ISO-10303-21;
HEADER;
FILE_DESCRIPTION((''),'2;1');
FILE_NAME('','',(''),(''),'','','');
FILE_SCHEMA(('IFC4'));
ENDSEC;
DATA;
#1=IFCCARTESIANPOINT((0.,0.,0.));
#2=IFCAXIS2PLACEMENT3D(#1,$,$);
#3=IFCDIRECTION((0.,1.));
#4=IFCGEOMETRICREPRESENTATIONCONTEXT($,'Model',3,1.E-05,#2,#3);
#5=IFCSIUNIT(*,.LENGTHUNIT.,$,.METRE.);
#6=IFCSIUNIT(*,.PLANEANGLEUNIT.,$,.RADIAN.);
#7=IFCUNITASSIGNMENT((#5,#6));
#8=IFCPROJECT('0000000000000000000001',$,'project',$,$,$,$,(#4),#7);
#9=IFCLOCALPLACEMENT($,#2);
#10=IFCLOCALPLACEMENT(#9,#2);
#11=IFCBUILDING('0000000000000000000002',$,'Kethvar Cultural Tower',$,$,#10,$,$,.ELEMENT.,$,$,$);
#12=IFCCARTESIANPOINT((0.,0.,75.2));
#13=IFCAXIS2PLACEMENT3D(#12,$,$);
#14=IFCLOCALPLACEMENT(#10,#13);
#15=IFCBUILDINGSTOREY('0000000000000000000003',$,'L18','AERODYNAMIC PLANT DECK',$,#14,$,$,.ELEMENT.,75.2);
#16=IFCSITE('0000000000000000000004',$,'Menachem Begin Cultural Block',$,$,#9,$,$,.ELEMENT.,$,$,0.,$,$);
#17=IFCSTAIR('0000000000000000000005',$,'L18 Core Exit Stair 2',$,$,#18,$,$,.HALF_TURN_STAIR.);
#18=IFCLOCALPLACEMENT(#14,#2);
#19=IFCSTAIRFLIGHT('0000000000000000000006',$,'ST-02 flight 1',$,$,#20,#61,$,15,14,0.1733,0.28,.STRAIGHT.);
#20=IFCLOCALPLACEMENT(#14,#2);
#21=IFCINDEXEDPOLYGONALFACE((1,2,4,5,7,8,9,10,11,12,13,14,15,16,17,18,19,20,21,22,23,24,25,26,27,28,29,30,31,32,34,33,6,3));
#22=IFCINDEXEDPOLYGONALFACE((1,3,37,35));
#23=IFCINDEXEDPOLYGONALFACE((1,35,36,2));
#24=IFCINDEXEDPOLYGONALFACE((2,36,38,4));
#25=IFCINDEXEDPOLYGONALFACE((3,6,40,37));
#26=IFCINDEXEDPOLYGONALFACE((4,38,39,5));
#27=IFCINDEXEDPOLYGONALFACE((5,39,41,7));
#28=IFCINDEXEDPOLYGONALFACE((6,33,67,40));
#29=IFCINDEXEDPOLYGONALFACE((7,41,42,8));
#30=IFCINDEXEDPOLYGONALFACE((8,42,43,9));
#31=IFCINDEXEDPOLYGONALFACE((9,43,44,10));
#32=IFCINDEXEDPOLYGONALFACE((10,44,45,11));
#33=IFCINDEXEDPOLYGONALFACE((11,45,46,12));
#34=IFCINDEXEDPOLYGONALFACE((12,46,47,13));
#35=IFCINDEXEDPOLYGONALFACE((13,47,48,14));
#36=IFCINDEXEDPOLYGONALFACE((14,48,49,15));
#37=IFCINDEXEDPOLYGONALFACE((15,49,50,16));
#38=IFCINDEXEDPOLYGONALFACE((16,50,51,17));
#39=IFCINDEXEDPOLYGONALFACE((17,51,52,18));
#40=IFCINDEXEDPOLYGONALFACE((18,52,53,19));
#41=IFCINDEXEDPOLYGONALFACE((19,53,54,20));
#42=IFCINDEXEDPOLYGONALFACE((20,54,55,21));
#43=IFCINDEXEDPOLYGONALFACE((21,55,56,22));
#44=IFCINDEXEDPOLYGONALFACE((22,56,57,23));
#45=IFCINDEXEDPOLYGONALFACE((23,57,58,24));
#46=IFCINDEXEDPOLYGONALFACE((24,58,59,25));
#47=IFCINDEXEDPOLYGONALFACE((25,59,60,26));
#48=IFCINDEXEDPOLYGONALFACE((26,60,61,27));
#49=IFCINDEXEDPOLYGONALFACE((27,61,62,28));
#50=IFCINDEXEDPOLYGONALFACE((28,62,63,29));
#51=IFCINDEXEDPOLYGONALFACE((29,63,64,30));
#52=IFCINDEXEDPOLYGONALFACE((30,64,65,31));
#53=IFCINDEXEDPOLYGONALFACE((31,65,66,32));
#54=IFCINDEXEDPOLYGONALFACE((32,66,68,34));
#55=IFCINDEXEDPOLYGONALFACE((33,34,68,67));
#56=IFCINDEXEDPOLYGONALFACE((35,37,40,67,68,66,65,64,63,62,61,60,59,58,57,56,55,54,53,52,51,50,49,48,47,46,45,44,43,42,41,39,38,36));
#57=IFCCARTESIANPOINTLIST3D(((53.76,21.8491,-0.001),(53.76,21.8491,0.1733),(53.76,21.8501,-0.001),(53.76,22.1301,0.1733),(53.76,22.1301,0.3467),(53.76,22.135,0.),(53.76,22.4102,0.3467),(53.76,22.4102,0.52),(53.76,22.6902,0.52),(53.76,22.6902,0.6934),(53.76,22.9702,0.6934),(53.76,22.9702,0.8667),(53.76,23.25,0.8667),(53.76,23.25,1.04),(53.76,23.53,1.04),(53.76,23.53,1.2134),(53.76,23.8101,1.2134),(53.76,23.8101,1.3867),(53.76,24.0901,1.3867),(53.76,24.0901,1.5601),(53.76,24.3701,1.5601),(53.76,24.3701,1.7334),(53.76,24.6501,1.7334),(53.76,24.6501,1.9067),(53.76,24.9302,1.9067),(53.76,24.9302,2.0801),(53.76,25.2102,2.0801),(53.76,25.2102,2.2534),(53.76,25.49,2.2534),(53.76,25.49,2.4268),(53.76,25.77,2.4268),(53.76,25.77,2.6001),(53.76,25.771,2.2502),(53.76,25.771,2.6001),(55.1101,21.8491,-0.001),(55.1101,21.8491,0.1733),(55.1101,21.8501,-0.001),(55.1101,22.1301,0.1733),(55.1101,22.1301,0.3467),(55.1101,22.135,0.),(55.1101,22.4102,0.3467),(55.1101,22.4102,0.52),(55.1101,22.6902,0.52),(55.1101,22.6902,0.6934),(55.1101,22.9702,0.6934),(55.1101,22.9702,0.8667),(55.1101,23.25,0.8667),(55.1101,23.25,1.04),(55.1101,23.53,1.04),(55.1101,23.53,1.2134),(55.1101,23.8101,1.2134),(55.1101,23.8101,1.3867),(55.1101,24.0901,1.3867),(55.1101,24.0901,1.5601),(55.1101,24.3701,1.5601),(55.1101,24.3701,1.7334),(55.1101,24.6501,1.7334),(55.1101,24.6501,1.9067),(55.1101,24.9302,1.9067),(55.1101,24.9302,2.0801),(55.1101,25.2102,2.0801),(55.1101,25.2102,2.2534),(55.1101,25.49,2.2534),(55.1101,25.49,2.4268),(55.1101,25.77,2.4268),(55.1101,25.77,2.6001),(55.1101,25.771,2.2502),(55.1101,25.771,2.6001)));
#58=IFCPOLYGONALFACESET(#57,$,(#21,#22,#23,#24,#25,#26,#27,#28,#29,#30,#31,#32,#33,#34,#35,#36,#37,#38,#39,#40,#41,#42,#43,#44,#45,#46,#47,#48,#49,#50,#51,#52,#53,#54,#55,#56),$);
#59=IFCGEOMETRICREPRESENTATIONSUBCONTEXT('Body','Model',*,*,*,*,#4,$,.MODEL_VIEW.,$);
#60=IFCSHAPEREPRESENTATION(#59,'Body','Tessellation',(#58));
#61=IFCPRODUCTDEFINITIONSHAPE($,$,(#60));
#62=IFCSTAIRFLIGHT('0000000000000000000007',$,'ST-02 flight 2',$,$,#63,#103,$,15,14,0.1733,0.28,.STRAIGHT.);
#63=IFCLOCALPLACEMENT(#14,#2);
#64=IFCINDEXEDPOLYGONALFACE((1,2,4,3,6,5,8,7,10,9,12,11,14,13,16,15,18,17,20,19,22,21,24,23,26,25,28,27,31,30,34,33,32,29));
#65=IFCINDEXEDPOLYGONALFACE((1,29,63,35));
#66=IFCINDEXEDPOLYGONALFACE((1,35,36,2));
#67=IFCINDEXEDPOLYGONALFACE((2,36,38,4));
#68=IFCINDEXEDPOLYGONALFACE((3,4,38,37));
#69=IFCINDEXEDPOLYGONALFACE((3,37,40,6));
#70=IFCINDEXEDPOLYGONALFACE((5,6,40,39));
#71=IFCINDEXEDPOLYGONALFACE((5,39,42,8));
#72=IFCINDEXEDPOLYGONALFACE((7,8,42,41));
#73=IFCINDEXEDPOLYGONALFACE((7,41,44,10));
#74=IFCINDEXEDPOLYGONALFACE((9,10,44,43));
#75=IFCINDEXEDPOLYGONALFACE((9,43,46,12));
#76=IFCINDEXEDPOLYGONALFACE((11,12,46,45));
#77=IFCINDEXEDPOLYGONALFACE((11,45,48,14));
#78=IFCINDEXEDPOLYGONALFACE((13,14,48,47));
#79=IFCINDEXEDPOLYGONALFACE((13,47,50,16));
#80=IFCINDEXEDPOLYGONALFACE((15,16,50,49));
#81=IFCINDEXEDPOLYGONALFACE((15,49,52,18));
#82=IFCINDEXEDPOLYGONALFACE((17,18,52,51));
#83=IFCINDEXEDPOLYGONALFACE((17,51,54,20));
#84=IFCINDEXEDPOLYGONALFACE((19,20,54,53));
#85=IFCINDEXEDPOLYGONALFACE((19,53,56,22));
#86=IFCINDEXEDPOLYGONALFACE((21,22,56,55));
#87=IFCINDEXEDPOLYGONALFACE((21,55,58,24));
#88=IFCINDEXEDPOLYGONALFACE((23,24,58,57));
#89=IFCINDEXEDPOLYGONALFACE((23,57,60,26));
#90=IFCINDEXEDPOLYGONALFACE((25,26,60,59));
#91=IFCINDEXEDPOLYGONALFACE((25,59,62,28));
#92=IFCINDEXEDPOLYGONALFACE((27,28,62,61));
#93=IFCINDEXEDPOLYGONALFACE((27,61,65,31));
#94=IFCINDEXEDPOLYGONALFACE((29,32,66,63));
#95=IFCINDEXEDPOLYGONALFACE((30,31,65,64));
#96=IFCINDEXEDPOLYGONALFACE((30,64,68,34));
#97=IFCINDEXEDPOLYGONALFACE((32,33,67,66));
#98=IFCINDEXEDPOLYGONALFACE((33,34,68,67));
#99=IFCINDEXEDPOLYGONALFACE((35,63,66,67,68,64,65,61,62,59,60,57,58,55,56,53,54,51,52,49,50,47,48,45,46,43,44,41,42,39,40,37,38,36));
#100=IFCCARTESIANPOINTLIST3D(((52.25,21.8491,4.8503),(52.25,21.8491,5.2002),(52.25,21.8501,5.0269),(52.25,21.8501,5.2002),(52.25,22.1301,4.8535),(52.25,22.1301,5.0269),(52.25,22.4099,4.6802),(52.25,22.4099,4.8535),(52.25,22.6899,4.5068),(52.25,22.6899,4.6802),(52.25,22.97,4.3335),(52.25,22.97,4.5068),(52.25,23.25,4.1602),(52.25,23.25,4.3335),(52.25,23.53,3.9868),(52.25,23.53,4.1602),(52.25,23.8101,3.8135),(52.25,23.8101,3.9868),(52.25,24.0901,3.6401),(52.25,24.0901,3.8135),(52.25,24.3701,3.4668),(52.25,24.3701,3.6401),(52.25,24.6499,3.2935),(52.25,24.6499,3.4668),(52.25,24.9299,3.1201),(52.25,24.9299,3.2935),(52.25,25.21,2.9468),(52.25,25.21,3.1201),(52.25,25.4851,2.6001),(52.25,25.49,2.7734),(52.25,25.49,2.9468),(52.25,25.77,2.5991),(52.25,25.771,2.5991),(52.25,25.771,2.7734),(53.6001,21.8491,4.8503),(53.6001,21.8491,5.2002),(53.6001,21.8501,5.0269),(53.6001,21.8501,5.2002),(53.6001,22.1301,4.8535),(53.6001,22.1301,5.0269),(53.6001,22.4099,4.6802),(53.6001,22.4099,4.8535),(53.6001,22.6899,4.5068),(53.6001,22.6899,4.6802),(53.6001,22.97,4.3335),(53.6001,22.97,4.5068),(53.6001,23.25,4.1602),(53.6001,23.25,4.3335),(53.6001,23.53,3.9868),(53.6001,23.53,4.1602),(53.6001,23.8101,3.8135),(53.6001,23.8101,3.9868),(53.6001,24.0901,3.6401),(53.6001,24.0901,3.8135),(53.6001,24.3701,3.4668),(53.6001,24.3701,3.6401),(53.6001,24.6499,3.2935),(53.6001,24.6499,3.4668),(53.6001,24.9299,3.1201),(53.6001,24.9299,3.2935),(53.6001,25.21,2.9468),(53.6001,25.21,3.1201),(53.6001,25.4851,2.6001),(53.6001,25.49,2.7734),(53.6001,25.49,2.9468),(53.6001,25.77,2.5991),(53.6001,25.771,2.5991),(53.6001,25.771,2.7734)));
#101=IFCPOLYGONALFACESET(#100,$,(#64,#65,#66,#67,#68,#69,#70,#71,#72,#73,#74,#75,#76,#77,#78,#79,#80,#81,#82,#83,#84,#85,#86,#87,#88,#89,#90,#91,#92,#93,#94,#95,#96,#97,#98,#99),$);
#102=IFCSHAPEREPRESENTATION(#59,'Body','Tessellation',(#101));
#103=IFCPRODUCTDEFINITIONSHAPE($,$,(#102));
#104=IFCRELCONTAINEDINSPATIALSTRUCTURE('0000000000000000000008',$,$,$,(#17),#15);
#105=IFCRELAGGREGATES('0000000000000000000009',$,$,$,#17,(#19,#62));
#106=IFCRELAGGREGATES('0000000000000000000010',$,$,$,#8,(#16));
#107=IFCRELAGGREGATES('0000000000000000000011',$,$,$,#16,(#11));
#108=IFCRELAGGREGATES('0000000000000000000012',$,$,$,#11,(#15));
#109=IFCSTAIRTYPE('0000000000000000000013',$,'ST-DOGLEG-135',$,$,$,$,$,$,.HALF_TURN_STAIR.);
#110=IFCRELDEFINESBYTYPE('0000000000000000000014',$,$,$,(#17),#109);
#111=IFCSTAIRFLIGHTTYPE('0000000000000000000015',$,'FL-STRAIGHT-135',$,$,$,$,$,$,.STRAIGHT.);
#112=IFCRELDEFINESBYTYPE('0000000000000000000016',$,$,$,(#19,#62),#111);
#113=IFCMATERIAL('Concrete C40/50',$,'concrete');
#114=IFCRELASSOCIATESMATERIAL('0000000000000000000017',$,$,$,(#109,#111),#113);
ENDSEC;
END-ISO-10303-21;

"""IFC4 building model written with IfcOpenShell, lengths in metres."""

from ifc_helpers import new_model, si_unit, direction, frame, origin, place, context, subcontext, project, spatial, polyline, outline, extrude, material, type_object, element, aggregate, save


model = new_model("IFC4")

# Units and contexts
model_context = context("Model", 3, precision=1e-05, world=origin(), true_north=direction((0.0, 1.0)))
body_context = subcontext(model_context, "Body", "Model", "MODEL_VIEW")
ifc_project = project(units=[si_unit("LENGTHUNIT", "METRE"), si_unit("PLANEANGLEUNIT", "RADIAN")], contexts=[model_context])

# Site, building, storey
site_placement = place(None, origin())
site = spatial("IfcSite", under=ifc_project, at=site_placement, Name="Menachem Begin Cultural Block", CompositionType="ELEMENT", RefElevation=0.0)
building_placement = place(site_placement, origin())
building = spatial("IfcBuilding", under=site, at=building_placement, Name="Kethvar Cultural Tower", CompositionType="ELEMENT")
storey_placement = place(building_placement, frame((0.0, 0.0, 75.2)))
storey = spatial("IfcBuildingStorey", under=building, at=storey_placement, Name="L18", Description="AERODYNAMIC PLANT DECK", CompositionType="ELEMENT", Elevation=75.2)

# Stair, stair flights
ifc_material_1 = material(Name="Concrete C40/50", Category="concrete")
stair_type = type_object("IfcStairType", Name="ST-DOGLEG-135", PredefinedType="HALF_TURN_STAIR", material=ifc_material_1)
stair_placement = place(storey_placement, origin())
stair = element("IfcStair", 1, at=stair_placement, inside=storey, type_object=stair_type, Name="L18 Core Exit Stair 2", PredefinedType="HALF_TURN_STAIR")
stair_flight_type = type_object("IfcStairFlightType", Name="FL-STRAIGHT-135", PredefinedType="STRAIGHT", material=ifc_material_1)
stair_flight_1_placement = place(storey_placement, frame((54.4351, 21.8501, 0.0), z_axis=(0.0, 0.0, 1.0), x_axis=(0.0, 1.0, 0.0)))
stair_flight_1 = element("IfcStairFlight", 2, at=stair_flight_1_placement, type_object=stair_flight_type, Name="ST-02 flight 1", NumberOfRisers=15, NumberOfTreads=14, PredefinedType="STRAIGHT", RiserHeight=0.1733, TreadLength=0.28, context=body_context, shape_type="SweptSolid", body=[
    extrude(outline(polyline([(-0.001, -0.001), (-0.001, 0.1733), (0.28, 0.1733), (0.28, 0.3467), (0.5601, 0.3467), (0.5601, 0.52), (0.8401, 0.52), (0.8401, 0.6934), (1.1201, 0.6934), (1.1201, 0.8667), (1.3999, 0.8667), (1.3999, 1.04), (1.6799, 1.04), (1.6799, 1.2134), (1.96, 1.2134), (1.96, 1.3867), (2.24, 1.3867), (2.24, 1.5601), (2.52, 1.5601), (2.52, 1.7334), (2.8, 1.7334), (2.8, 1.9067), (3.0801, 1.9067), (3.0801, 2.0801), (3.3601, 2.0801), (3.3601, 2.2534), (3.6399, 2.2534), (3.6399, 2.4268), (3.9199, 2.4268), (3.9199, 2.6001), (3.9209, 2.6001), (3.9209, 2.2502), (0.2849, 0.0), (0.0, -0.001), (-0.001, -0.001)])), frame((0.0, 0.675, 0.0), z_axis=(0.0, -1.0, 0.0), x_axis=(1.0, 0.0, 0.0)), (0.0, 0.0, 1.0), 1.3501),
])
stair_flight_2_placement = place(storey_placement, frame((52.925, 25.77, 2.6001), z_axis=(0.0, 0.0, 1.0), x_axis=(0.0, -1.0, 0.0)))
stair_flight_2 = element("IfcStairFlight", 3, at=stair_flight_2_placement, type_object=stair_flight_type, Name="ST-02 flight 2", NumberOfRisers=15, NumberOfTreads=14, PredefinedType="STRAIGHT", RiserHeight=0.1733, TreadLength=0.28, context=body_context, shape_type="SweptSolid", body=[
    extrude(outline(polyline([(-0.001, -0.001), (-0.001, 0.1733), (0.28, 0.1733), (0.28, 0.3467), (0.5601, 0.3467), (0.5601, 0.52), (0.8401, 0.52), (0.8401, 0.6934), (1.1201, 0.6934), (1.1201, 0.8667), (1.3999, 0.8667), (1.3999, 1.04), (1.6799, 1.04), (1.6799, 1.2134), (1.96, 1.2134), (1.96, 1.3867), (2.24, 1.3867), (2.24, 1.5601), (2.52, 1.5601), (2.52, 1.7334), (2.8, 1.7334), (2.8, 1.9067), (3.0801, 1.9067), (3.0801, 2.0801), (3.3601, 2.0801), (3.3601, 2.2534), (3.6399, 2.2534), (3.6399, 2.4268), (3.9199, 2.4268), (3.9199, 2.6001), (3.9209, 2.6001), (3.9209, 2.2502), (0.2849, 0.0), (0.0, -0.001), (-0.001, -0.001)])), frame((0.0, 0.675, 0.0), z_axis=(0.0, -1.0, 0.0), x_axis=(1.0, 0.0, 0.0)), (0.0, 0.0, 1.0), 1.3501),
])
aggregate(stair, [stair_flight_1, stair_flight_2])

save(model, "model.ifc")
